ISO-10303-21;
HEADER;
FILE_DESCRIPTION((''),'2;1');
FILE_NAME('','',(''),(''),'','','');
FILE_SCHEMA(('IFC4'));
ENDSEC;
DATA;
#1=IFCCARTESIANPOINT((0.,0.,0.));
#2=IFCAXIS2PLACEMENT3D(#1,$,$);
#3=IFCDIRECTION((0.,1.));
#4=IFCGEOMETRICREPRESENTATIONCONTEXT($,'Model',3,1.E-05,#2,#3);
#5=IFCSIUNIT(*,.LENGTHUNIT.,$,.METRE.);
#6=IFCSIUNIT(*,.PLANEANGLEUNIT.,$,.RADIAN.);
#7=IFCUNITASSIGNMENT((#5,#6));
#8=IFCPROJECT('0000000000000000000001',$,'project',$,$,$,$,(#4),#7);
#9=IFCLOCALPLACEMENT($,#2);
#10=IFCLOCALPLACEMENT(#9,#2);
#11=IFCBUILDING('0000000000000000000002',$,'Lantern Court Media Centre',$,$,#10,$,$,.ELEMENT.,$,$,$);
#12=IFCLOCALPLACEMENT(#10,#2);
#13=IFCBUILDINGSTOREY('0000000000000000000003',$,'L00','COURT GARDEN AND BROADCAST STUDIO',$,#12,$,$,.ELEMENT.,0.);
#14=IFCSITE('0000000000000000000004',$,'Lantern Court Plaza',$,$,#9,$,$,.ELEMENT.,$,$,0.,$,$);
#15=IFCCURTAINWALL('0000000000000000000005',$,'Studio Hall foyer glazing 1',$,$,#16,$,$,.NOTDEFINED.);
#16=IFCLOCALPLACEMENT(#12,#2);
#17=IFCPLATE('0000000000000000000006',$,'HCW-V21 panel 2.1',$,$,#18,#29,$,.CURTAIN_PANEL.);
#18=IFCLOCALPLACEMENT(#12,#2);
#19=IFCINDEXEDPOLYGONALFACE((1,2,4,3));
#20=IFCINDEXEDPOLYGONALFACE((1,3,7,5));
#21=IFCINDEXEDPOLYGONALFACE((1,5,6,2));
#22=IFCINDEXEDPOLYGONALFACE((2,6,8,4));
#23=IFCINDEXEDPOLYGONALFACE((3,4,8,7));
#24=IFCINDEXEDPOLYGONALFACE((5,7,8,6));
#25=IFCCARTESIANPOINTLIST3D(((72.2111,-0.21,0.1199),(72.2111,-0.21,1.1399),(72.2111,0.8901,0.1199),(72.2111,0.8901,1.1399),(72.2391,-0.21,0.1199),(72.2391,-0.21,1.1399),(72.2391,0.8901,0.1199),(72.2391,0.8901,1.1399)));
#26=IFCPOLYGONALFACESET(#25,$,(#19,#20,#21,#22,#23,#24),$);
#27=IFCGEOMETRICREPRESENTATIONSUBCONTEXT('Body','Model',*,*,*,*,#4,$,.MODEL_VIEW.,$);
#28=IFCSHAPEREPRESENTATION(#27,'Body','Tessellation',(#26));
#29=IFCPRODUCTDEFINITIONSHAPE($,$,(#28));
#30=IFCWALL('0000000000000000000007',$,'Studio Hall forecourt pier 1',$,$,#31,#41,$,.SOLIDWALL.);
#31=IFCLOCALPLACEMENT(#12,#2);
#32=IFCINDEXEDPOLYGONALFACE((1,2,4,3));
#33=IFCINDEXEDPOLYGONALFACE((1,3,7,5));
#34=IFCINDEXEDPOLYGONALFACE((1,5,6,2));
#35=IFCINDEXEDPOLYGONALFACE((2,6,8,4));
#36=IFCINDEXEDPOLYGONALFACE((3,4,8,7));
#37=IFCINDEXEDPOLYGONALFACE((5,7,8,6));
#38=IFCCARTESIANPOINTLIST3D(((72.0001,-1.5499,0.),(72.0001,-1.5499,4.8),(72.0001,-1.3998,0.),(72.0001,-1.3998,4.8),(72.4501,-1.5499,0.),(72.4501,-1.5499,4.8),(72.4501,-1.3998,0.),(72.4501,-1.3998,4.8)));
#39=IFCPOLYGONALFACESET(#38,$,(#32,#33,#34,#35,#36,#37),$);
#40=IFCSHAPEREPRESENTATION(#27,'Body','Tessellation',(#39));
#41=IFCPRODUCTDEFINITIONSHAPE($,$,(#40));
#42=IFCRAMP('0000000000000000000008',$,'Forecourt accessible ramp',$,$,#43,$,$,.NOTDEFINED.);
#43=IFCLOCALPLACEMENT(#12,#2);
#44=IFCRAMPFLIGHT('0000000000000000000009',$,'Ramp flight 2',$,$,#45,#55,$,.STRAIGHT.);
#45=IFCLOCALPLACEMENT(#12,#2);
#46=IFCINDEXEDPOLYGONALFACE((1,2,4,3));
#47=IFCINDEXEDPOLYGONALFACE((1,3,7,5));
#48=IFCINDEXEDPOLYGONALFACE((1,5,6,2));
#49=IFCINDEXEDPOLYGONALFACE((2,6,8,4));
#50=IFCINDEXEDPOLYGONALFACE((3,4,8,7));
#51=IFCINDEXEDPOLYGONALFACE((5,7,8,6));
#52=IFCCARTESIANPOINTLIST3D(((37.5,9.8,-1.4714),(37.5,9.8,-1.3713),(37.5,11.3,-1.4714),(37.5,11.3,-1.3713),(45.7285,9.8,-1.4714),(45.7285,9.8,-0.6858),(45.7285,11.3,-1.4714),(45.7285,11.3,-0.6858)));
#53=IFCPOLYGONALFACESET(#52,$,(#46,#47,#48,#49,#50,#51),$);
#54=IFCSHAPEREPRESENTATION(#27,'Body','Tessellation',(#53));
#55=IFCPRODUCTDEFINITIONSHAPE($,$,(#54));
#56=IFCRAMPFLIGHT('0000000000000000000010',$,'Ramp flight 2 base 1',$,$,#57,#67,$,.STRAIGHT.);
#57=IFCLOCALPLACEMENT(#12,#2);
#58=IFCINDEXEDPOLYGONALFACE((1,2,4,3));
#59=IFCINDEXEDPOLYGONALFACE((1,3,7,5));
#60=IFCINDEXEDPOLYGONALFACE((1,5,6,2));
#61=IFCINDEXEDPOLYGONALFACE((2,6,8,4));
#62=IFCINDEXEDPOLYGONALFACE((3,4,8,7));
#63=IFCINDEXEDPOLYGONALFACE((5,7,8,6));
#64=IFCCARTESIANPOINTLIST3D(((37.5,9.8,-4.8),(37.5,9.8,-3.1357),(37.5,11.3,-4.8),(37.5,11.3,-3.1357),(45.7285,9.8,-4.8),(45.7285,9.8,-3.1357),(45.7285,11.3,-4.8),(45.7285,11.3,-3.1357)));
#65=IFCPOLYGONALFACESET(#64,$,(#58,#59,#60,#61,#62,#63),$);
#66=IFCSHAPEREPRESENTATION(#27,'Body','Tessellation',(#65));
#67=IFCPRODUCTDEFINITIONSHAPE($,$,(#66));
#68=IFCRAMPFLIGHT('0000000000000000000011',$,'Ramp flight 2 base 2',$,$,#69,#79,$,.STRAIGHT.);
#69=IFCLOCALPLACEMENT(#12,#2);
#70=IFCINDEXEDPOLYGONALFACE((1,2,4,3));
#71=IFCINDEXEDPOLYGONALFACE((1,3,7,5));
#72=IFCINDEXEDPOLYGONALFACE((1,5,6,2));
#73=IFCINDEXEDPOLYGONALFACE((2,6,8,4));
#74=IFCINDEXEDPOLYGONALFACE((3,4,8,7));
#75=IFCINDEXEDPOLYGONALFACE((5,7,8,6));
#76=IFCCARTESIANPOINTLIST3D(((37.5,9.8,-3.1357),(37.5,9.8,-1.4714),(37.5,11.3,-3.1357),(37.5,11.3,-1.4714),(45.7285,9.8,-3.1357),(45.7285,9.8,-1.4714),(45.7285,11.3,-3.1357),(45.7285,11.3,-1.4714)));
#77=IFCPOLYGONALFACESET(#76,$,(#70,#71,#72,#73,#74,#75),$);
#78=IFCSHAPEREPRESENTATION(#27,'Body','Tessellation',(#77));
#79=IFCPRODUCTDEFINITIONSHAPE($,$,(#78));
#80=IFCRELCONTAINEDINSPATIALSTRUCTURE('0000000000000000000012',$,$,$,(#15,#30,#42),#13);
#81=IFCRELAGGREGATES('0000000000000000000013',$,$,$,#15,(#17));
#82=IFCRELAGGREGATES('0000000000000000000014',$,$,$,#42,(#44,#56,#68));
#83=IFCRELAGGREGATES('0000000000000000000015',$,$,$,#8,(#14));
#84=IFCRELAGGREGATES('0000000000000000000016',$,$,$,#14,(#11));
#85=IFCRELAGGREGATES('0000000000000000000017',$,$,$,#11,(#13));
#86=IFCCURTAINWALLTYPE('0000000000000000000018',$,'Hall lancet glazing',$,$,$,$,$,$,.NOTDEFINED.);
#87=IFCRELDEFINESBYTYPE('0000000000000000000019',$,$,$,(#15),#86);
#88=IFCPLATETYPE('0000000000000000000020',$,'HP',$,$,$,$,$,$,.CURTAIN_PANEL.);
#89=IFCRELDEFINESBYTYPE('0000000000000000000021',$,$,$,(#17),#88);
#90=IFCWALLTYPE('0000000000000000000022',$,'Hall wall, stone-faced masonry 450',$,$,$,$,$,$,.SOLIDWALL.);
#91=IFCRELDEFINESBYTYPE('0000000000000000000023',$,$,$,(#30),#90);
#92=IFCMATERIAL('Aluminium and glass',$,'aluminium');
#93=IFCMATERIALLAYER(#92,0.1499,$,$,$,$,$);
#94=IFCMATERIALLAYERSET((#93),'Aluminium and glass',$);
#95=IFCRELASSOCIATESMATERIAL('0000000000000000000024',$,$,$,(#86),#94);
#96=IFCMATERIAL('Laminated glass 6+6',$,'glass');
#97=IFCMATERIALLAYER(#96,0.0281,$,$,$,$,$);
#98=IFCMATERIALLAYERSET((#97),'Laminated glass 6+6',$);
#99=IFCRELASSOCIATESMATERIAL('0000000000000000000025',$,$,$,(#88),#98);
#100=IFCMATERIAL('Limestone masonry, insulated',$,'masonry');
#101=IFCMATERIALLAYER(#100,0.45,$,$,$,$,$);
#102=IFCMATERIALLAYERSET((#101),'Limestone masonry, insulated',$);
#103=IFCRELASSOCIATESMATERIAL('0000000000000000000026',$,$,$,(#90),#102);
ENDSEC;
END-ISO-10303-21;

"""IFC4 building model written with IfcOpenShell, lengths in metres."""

from ifc_helpers import new_model, si_unit, direction, frame, frame_2d, origin, origin_2d, place, context, subcontext, project, spatial, polyline, rectangle, outline, extrude, material, layer, layer_set, type_object, element, aggregate, save


model = new_model("IFC4")

# Units and contexts
model_context = context("Model", 3, precision=1e-05, world=origin(), true_north=direction((0.0, 1.0)))
body_context = subcontext(model_context, "Body", "Model", "MODEL_VIEW")
ifc_project = project(units=[si_unit("LENGTHUNIT", "METRE"), si_unit("PLANEANGLEUNIT", "RADIAN")], contexts=[model_context])

# Site, building, storey
site_placement = place(None, origin())
site = spatial("IfcSite", under=ifc_project, at=site_placement, Name="Lantern Court Plaza", CompositionType="ELEMENT", RefElevation=0.0)
building_placement = place(site_placement, origin())
building = spatial("IfcBuilding", under=site, at=building_placement, Name="Lantern Court Media Centre", CompositionType="ELEMENT")
storey_placement = place(building_placement, origin())
storey = spatial("IfcBuildingStorey", under=building, at=storey_placement, Name="L00", Description="COURT GARDEN AND BROADCAST STUDIO", CompositionType="ELEMENT", Elevation=0.0)

# Curtain wall
ifc_material_1 = material(Name="Aluminium and glass", Category="aluminium")
ifc_layer_1 = layer(ifc_material_1, 0.1499)
ifc_layer_set_1 = layer_set([ifc_layer_1], Name="Aluminium and glass")
curtain_wall_type = type_object("IfcCurtainWallType", Name="Hall lancet glazing", PredefinedType="NOTDEFINED", material=ifc_layer_set_1)
curtain_wall_placement = place(storey_placement, origin())
curtain_wall = element("IfcCurtainWall", 1, at=curtain_wall_placement, inside=storey, type_object=curtain_wall_type, Name="Studio Hall foyer glazing 1", PredefinedType="NOTDEFINED")

# Plate
ifc_material_2 = material(Name="Laminated glass 6+6", Category="glass")
ifc_layer_2 = layer(ifc_material_2, 0.0281)
ifc_layer_set_2 = layer_set([ifc_layer_2], Name="Laminated glass 6+6")
plate_type = type_object("IfcPlateType", Name="HP", PredefinedType="CURTAIN_PANEL", material=ifc_layer_set_2)
plate_1_placement = place(storey_placement, frame((72.2251, 0.3401, 0.1199), z_axis=(0.0, 0.0, 1.0), x_axis=(0.0, 1.0, 0.0)))
plate_1 = element("IfcPlate", 2, at=plate_1_placement, type_object=plate_type, Name="HCW-V21 panel 2.1", PredefinedType="CURTAIN_PANEL", context=body_context, shape_type="SweptSolid", body=[
    extrude(rectangle(XDim=1.1001, YDim=0.0281, at=origin_2d()), origin(), (0.0, 0.0, 1.0), 1.02),
])
aggregate(curtain_wall, [plate_1])

# Wall
ifc_material_3 = material(Name="Limestone masonry, insulated", Category="masonry")
ifc_layer_3 = layer(ifc_material_3, 0.45)
ifc_layer_set_3 = layer_set([ifc_layer_3], Name="Limestone masonry, insulated")
wall_type = type_object("IfcWallType", Name="Hall wall, stone-faced masonry 450", PredefinedType="SOLIDWALL", material=ifc_layer_set_3)
wall_1_placement = place(storey_placement, frame((72.2251, -1.55, 0.0), z_axis=(0.0, 0.0, 1.0), x_axis=(0.0, 1.0, 0.0)))
element("IfcWall", 3, at=wall_1_placement, inside=storey, type_object=wall_type, Name="Studio Hall forecourt pier 1", PredefinedType="SOLIDWALL", context=body_context, shape_type="SweptSolid", body=[
    extrude(rectangle(XDim=0.1501, YDim=0.45, at=frame_2d((0.0752, 0.0))), origin(), (0.0, 0.0, 1.0), 4.8),
])

# Ramp, ramp flights
ramp_placement = place(storey_placement, origin())
ramp = element("IfcRamp", 4, at=ramp_placement, inside=storey, Name="Forecourt accessible ramp", PredefinedType="NOTDEFINED")
placement = place(building_placement, frame((0.0, 0.0, -4.8)))
ramp_flight_1_placement = place(placement, frame((45.7285, 10.55, 3.3286), z_axis=(0.0, 0.0, 1.0), x_axis=(-1.0, 0.0, 0.0)))
ramp_flight_1 = element("IfcRampFlight", 5, at=ramp_flight_1_placement, Name="Ramp flight 2", PredefinedType="STRAIGHT", context=body_context, shape_type="SweptSolid", body=[
    extrude(outline(polyline([(0.0, 0.0), (8.2285, 0.0), (8.2285, 0.1001), (0.0, 0.7856), (0.0, 0.0)])), frame((0.0, 0.75, 0.0), z_axis=(0.0, -1.0, 0.0), x_axis=(1.0, 0.0, 0.0)), (0.0, 0.0, 1.0), 1.5),
])
ramp_flight_2_placement = place(placement, frame((45.7285, 10.55, 0.0), z_axis=(0.0, 0.0, 1.0), x_axis=(-1.0, 0.0, 0.0)))
ramp_flight_2 = element("IfcRampFlight", 6, at=ramp_flight_2_placement, Name="Ramp flight 2 base 1", PredefinedType="STRAIGHT", context=body_context, shape_type="SweptSolid", body=[
    extrude(rectangle(XDim=8.2285, YDim=1.5, at=frame_2d((4.1143, 0.0))), origin(), (0.0, 0.0, 1.0), 1.6643),
])
ramp_flight_3_placement = place(placement, frame((45.7285, 10.55, 1.6643), z_axis=(0.0, 0.0, 1.0), x_axis=(-1.0, 0.0, 0.0)))
ramp_flight_3 = element("IfcRampFlight", 7, at=ramp_flight_3_placement, Name="Ramp flight 2 base 2", PredefinedType="STRAIGHT", context=body_context, shape_type="SweptSolid", body=[
    extrude(rectangle(XDim=8.2285, YDim=1.5, at=frame_2d((4.1143, 0.0))), origin(), (0.0, 0.0, 1.0), 1.6643),
])
aggregate(ramp, [ramp_flight_1, ramp_flight_2, ramp_flight_3])

save(model, "model.ifc")
